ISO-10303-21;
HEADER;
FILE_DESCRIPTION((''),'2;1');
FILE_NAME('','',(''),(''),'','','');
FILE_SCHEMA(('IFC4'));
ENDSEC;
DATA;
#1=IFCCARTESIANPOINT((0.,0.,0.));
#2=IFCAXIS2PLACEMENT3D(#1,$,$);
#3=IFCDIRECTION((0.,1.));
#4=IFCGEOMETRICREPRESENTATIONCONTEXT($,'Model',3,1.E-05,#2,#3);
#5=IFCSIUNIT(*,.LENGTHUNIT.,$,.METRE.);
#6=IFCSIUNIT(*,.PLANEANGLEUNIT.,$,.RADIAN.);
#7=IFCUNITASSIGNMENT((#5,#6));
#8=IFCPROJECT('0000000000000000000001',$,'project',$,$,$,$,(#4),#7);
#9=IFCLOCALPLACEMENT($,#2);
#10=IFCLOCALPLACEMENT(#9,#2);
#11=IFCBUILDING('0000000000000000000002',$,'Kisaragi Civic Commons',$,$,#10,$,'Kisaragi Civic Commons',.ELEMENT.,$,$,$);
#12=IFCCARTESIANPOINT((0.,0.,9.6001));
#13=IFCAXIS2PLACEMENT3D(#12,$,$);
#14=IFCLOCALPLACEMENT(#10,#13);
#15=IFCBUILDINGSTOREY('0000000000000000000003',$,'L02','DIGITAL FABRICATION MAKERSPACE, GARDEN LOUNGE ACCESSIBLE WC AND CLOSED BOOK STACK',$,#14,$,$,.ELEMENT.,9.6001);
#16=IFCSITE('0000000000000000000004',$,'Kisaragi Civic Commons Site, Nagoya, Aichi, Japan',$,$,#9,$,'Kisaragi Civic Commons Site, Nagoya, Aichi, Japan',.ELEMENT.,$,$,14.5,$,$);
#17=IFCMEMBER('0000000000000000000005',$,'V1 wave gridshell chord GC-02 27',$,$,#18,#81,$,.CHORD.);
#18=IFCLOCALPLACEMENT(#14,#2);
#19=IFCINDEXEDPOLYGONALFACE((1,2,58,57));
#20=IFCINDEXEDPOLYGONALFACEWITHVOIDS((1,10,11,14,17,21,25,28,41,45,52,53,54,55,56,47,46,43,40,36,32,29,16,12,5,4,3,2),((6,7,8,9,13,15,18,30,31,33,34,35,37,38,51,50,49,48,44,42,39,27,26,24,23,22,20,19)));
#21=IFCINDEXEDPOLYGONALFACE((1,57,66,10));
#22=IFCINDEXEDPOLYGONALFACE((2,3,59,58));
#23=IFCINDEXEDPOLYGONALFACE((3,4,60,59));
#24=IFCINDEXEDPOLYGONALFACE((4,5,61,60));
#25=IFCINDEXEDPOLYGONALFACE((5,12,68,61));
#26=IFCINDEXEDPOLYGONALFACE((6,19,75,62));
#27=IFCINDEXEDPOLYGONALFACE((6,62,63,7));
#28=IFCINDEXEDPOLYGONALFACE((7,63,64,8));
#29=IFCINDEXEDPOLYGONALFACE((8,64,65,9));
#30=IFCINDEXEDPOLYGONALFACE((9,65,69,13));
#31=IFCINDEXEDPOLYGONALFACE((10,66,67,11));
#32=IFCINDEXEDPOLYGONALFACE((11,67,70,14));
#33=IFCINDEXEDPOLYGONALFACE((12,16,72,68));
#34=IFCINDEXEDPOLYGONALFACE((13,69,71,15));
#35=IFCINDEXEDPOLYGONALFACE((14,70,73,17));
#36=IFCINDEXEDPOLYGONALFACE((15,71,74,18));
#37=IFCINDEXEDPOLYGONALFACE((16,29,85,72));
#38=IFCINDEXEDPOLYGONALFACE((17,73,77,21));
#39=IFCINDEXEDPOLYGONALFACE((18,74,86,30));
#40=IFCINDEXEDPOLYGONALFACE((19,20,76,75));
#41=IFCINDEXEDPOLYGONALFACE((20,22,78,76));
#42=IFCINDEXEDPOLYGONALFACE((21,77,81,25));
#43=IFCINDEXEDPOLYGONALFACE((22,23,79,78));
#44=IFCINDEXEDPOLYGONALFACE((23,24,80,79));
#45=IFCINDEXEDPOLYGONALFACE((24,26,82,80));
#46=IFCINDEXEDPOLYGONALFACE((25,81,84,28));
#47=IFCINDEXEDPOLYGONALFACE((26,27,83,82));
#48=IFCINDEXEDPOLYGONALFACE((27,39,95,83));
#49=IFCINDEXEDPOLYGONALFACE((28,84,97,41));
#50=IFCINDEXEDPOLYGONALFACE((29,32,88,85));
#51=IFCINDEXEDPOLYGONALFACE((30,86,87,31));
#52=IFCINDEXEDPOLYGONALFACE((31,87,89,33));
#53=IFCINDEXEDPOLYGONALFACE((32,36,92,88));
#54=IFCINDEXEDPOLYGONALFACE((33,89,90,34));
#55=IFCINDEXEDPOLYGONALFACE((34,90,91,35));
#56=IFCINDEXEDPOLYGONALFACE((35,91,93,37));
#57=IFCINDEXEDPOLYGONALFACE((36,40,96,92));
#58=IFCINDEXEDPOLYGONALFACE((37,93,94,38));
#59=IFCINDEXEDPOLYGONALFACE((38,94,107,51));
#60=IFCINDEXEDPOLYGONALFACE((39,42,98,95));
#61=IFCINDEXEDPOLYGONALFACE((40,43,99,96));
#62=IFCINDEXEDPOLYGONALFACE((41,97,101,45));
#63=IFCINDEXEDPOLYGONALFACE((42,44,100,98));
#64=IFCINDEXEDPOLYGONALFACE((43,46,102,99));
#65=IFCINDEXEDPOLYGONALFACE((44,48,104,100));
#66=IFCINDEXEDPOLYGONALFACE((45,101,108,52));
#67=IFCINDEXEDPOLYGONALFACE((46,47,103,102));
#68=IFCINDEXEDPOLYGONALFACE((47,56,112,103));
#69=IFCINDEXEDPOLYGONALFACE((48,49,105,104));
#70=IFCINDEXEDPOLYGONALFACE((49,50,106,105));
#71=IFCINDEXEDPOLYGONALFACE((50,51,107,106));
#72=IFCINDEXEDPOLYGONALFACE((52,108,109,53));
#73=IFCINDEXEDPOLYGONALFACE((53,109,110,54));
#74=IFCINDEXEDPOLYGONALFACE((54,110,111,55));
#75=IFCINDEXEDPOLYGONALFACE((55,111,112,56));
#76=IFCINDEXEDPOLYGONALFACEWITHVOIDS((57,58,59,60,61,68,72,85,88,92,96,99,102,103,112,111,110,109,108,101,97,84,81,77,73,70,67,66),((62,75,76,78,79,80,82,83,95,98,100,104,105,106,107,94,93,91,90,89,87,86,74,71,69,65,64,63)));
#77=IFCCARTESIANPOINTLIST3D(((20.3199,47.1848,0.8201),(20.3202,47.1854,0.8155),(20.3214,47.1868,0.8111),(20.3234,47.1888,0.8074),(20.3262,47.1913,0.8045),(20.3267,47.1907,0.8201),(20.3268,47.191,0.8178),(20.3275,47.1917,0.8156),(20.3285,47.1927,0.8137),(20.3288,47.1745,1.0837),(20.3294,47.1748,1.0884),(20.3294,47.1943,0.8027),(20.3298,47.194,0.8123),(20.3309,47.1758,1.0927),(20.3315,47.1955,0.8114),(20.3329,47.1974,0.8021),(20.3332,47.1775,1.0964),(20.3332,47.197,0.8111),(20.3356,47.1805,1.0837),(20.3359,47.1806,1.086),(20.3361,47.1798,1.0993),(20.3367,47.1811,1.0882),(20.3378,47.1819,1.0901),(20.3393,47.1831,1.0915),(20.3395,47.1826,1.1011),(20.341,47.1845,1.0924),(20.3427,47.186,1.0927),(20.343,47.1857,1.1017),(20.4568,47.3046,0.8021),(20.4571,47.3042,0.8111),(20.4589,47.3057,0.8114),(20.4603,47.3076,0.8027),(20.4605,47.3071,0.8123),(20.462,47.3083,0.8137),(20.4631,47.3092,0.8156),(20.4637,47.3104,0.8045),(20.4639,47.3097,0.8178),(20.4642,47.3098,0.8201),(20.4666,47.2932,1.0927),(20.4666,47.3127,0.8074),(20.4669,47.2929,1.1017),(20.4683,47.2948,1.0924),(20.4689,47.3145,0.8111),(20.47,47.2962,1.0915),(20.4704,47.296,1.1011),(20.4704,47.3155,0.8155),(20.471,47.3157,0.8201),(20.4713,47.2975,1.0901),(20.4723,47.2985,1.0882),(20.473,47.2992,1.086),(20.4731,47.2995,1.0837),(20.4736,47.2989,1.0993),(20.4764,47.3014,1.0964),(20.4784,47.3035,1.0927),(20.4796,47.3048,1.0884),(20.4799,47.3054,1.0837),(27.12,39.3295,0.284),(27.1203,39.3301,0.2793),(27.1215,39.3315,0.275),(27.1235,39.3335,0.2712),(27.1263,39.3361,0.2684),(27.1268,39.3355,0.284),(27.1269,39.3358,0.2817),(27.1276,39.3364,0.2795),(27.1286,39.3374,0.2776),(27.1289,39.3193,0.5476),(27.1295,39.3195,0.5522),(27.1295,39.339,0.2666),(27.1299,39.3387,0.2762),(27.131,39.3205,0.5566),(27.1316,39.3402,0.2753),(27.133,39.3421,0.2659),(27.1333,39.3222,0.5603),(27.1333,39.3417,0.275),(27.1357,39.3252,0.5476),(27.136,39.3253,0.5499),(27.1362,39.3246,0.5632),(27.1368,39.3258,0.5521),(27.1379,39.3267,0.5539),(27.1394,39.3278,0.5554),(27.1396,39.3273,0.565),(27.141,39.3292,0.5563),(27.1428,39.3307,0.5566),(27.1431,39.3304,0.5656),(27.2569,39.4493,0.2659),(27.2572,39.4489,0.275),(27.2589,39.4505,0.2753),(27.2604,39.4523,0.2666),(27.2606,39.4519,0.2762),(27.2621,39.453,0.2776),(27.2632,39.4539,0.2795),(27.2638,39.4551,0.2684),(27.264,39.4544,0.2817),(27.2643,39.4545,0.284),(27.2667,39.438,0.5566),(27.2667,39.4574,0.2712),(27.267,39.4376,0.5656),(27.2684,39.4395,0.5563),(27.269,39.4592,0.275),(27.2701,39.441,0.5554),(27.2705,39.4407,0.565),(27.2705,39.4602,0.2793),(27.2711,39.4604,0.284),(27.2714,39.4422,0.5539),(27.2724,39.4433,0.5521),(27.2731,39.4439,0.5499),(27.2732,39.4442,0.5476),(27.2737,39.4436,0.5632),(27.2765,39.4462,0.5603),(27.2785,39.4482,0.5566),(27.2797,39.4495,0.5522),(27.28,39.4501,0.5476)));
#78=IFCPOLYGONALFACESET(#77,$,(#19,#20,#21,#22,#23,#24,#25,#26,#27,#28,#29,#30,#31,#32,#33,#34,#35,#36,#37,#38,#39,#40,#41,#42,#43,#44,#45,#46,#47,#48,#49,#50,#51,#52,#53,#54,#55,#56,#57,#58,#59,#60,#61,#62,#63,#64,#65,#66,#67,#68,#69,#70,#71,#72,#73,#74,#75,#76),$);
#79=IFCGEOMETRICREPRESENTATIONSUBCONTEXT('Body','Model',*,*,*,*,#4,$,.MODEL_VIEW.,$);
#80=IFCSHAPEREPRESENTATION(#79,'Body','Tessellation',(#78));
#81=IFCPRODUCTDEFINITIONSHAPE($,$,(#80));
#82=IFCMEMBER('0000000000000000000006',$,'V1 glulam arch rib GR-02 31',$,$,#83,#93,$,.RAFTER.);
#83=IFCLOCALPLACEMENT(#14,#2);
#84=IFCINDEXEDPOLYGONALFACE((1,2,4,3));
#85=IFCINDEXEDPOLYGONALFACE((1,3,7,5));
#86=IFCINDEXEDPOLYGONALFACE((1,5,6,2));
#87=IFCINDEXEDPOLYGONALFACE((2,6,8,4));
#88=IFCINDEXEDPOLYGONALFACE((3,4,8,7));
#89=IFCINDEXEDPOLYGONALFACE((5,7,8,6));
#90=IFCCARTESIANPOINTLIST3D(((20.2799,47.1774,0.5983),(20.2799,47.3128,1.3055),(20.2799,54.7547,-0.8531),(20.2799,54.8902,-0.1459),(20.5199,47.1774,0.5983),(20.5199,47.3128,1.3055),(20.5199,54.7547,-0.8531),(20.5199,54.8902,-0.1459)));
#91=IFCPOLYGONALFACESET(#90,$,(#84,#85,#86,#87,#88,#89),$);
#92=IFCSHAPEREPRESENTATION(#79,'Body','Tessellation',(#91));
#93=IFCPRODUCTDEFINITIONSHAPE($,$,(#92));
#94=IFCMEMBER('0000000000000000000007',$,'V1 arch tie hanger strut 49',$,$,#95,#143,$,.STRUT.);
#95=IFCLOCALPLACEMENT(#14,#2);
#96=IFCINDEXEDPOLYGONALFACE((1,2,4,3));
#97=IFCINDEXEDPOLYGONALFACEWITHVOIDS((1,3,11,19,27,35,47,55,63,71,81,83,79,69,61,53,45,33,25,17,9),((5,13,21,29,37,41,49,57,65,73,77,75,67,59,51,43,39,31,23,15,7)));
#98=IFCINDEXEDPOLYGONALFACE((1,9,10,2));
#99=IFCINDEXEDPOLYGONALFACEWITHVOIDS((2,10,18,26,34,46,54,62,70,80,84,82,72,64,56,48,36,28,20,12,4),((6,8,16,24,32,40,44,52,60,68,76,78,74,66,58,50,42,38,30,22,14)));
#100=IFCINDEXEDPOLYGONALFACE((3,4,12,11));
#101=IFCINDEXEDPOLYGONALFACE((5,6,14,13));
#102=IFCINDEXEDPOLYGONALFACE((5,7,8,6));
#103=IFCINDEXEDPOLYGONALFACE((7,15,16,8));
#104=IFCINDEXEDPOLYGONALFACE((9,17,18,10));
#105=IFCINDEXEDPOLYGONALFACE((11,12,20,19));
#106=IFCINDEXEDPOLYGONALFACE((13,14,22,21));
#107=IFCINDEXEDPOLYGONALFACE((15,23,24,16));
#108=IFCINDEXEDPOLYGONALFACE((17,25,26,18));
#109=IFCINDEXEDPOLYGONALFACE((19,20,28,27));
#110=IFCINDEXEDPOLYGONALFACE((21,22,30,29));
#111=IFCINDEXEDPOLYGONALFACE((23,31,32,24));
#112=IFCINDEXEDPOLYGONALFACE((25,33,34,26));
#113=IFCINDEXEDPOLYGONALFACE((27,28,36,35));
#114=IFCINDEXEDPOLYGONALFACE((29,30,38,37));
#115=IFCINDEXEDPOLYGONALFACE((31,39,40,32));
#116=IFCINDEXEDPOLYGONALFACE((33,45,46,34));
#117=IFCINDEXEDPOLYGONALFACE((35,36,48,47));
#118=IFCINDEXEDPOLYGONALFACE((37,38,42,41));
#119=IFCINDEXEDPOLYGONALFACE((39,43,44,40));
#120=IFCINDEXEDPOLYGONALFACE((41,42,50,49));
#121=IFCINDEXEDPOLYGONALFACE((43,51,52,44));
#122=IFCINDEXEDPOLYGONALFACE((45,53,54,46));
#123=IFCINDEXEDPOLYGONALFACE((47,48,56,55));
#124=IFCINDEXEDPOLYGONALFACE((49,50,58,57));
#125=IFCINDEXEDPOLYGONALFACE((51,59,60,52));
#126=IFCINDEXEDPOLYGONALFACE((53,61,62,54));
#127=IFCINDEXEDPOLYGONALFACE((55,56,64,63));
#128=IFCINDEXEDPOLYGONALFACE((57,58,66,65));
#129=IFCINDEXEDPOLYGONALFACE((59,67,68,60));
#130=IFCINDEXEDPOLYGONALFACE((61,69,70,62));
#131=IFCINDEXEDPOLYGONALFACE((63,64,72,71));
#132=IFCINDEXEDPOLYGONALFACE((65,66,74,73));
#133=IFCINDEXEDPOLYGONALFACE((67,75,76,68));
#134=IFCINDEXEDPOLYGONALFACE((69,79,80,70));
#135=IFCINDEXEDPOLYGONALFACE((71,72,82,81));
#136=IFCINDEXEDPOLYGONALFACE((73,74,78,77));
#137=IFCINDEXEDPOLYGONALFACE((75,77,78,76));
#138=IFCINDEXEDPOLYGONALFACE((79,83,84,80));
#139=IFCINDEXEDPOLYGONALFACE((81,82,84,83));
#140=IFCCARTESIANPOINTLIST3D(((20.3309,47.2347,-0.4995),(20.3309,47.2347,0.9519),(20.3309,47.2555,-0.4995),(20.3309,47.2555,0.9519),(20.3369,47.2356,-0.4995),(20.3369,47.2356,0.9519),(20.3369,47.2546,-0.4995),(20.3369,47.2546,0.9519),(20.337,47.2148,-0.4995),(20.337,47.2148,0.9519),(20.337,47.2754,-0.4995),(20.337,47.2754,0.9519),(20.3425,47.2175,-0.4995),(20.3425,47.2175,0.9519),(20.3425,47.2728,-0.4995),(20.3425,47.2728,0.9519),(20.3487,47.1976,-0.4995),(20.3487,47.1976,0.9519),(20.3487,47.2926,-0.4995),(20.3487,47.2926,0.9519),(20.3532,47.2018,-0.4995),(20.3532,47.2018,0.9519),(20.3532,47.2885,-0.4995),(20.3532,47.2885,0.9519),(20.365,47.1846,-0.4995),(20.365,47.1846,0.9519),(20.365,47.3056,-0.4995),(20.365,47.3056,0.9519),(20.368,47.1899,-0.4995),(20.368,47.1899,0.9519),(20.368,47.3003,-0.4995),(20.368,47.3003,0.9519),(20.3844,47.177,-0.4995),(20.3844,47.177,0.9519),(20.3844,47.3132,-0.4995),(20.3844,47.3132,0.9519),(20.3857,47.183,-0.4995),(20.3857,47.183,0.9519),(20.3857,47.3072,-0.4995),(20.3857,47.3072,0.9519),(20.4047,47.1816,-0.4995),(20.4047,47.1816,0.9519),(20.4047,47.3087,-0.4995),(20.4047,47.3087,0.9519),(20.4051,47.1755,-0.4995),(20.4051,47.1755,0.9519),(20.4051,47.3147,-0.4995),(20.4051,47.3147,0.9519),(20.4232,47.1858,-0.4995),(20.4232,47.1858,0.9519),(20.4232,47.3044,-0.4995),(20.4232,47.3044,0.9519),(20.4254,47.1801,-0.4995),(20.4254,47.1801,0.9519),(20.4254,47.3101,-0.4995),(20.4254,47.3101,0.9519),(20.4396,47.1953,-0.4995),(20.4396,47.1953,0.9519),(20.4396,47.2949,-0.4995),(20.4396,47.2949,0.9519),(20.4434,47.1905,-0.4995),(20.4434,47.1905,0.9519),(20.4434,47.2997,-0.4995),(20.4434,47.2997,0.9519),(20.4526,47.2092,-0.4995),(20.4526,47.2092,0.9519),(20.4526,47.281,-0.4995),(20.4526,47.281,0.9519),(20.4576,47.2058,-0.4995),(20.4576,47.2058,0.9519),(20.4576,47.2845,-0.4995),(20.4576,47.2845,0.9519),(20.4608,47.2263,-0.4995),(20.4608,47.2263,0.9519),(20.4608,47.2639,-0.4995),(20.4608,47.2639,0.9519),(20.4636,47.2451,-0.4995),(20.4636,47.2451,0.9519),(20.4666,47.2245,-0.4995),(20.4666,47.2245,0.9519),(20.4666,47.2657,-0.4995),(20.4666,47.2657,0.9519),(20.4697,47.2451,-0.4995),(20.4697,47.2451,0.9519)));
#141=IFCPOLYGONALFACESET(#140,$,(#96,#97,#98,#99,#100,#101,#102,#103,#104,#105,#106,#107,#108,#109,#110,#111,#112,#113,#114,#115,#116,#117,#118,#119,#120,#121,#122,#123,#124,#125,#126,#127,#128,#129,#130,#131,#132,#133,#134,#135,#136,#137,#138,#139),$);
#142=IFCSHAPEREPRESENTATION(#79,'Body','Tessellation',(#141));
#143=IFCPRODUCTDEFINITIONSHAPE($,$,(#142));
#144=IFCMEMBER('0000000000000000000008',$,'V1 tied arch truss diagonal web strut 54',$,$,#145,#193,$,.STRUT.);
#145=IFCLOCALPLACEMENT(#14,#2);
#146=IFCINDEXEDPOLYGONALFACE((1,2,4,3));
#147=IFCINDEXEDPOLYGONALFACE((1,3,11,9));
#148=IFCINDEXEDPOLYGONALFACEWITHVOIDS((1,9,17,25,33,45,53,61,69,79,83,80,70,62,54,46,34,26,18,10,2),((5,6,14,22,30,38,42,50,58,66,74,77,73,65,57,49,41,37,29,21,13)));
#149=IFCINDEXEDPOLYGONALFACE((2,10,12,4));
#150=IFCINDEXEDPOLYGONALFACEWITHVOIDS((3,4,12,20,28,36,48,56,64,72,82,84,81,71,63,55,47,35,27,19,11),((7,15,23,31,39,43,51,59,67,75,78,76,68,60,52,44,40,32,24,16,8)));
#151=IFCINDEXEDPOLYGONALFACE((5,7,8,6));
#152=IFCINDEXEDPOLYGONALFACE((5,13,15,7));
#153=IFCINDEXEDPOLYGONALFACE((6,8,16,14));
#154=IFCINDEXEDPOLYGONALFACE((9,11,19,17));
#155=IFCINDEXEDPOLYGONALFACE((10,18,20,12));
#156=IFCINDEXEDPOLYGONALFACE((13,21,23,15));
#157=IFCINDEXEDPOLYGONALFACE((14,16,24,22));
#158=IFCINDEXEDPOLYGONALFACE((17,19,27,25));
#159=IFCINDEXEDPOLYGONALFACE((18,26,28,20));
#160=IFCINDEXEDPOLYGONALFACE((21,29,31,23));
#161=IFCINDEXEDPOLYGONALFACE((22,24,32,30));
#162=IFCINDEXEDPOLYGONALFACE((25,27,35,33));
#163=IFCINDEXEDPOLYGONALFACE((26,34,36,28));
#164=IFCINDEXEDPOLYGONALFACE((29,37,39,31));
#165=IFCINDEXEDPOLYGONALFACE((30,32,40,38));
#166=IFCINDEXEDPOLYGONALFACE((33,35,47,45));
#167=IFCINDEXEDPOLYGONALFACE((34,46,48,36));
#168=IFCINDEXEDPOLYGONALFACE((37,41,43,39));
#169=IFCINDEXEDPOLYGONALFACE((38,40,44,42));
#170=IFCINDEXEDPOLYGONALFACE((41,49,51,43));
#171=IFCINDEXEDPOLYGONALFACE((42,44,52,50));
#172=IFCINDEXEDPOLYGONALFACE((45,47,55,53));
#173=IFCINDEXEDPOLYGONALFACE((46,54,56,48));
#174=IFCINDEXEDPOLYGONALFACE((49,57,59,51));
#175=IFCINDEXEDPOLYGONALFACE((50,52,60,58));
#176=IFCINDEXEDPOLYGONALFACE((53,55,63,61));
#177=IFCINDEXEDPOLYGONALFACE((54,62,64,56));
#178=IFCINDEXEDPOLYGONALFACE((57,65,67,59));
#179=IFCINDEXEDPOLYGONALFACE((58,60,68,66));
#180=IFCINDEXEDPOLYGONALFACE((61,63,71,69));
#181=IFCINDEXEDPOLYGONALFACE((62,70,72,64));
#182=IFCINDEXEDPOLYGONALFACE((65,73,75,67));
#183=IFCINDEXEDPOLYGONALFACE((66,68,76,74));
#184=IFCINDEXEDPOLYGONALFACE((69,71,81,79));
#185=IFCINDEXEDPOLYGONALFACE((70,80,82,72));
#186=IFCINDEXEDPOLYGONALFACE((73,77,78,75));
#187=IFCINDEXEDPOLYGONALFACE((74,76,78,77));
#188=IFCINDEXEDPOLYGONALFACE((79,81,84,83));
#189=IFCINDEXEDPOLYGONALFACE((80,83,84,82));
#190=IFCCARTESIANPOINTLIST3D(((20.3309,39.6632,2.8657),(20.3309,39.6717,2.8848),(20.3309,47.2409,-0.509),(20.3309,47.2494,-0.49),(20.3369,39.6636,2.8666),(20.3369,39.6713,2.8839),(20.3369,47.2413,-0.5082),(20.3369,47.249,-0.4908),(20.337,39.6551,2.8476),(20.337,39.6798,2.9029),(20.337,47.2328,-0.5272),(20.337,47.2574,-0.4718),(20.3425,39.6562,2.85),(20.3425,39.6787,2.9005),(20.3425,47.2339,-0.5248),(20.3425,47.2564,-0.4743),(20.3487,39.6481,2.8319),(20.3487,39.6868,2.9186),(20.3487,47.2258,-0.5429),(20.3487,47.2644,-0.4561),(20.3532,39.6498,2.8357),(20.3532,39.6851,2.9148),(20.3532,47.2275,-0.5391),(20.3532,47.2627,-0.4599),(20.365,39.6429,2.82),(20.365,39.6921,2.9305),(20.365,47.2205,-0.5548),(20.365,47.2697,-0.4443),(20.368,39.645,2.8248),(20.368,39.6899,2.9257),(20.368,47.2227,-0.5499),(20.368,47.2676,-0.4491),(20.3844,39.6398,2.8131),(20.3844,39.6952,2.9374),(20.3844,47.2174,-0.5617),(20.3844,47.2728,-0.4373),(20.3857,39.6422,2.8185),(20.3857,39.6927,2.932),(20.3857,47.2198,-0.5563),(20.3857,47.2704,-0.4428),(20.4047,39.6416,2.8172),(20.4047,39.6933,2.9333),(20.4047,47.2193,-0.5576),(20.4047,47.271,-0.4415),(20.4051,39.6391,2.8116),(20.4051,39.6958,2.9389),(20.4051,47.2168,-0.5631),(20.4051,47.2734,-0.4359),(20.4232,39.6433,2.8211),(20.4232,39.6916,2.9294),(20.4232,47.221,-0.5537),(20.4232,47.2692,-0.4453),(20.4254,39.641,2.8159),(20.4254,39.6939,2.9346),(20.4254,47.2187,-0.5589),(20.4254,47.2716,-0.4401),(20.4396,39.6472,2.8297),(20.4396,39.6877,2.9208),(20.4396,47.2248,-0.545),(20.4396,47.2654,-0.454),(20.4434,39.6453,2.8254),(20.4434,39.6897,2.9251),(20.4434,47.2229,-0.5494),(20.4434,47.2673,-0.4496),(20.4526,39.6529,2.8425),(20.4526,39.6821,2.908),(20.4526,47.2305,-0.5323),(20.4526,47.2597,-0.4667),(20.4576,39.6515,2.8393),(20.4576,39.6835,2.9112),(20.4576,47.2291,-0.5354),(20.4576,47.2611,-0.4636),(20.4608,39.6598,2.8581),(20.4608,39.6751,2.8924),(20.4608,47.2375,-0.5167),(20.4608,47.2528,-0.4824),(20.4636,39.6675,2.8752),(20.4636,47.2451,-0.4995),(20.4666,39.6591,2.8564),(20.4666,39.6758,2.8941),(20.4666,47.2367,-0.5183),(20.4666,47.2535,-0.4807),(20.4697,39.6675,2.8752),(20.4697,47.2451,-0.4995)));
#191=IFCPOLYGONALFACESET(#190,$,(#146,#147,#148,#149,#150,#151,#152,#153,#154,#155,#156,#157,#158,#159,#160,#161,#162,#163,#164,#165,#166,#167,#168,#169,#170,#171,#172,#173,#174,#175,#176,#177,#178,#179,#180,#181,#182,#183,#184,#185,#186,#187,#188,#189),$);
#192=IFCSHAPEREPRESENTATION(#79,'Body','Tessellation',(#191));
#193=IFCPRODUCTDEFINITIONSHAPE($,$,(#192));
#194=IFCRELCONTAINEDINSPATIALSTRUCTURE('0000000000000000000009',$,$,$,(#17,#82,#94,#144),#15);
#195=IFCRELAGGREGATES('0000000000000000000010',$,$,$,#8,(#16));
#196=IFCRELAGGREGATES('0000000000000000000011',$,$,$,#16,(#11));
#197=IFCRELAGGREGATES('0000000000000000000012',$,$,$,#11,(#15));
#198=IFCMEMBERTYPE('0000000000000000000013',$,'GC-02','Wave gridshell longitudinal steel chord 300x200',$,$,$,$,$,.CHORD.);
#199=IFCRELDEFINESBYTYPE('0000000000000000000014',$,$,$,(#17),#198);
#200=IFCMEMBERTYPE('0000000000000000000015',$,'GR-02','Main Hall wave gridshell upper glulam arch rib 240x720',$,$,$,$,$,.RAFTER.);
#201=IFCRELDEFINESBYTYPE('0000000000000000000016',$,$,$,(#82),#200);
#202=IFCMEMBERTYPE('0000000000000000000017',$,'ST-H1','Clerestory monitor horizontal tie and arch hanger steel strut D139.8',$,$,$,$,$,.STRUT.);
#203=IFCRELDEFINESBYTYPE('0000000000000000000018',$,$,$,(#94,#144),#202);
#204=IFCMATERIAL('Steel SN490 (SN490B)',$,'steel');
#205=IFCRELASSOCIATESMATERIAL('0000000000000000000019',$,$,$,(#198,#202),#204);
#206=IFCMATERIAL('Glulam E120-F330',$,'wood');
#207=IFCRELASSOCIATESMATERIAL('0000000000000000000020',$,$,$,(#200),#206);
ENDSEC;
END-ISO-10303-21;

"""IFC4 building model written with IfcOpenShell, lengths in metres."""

from ifc_helpers import new_model, si_unit, direction, frame, origin, origin_2d, place, context, subcontext, project, spatial, rectangle, hollow_rectangle, hollow_circle, extrude, material, material_profile, profile_set, type_object, element, save


model = new_model("IFC4")

# Units and contexts
model_context = context("Model", 3, precision=1e-05, world=origin(), true_north=direction((0.0, 1.0)))
body_context = subcontext(model_context, "Body", "Model", "MODEL_VIEW")
ifc_project = project(units=[si_unit("LENGTHUNIT", "METRE"), si_unit("PLANEANGLEUNIT", "RADIAN")], contexts=[model_context])

# Site, building, storey
site_placement = place(None, origin())
site = spatial("IfcSite", under=ifc_project, at=site_placement, Name="Kisaragi Civic Commons Site, Nagoya, Aichi, Japan", LongName="Kisaragi Civic Commons Site, Nagoya, Aichi, Japan", CompositionType="ELEMENT", RefElevation=14.5)
building_placement = place(site_placement, origin())
building = spatial("IfcBuilding", under=site, at=building_placement, Name="Kisaragi Civic Commons", LongName="Kisaragi Civic Commons", CompositionType="ELEMENT")
storey_placement = place(building_placement, frame((0.0, 0.0, 9.6001)))
storey = spatial("IfcBuildingStorey", under=building, at=storey_placement, Name="L02", Description="DIGITAL FABRICATION MAKERSPACE, GARDEN LOUNGE ACCESSIBLE WC AND CLOSED BOOK STACK", CompositionType="ELEMENT", Elevation=9.6001)

# Members
ifc_material_1 = material(Name="Steel SN490 (SN490B)", Category="steel")
ifc_material_profile_1 = material_profile(ifc_material_1, hollow_rectangle(XDim=0.2, YDim=0.3, WallThickness=0.009, InnerFilletRadius=0.009, OuterFilletRadius=0.0181, at=origin_2d()), Name="STKR-300x200x9", Category="steel")
ifc_profile_set_1 = profile_set([ifc_material_profile_1], Name="Steel SN490 (SN490B)")
member_type_1 = type_object("IfcMemberType", Name="GC-02", Description="Wave gridshell longitudinal steel chord 300x200", PredefinedType="CHORD", material=ifc_profile_set_1)
member_1_placement = place(storey_placement, frame((20.3999, 47.2451, 0.9519), z_axis=(0.653631, -0.755056, -0.051534), x_axis=(0.756061, 0.654501, 0.0)))
element("IfcMember", 1, at=member_1_placement, inside=storey, type_object=member_type_1, Name="V1 wave gridshell chord GC-02 27", PredefinedType="CHORD", context=body_context, shape_type="SweptSolid", body=[
    extrude(hollow_rectangle(XDim=0.2, YDim=0.3, WallThickness=0.009, InnerFilletRadius=0.009, OuterFilletRadius=0.0181, at=origin_2d()), origin(), (0.0, 0.0, 1.0), 10.4036),
])
ifc_material_2 = material(Name="Glulam E120-F330", Category="wood")
ifc_material_profile_2 = material_profile(ifc_material_2, rectangle(XDim=0.24, YDim=0.72, at=origin_2d()), Name="GL-240x720", Category="wood")
ifc_profile_set_2 = profile_set([ifc_material_profile_2], Name="Glulam E120-F330")
member_type_2 = type_object("IfcMemberType", Name="GR-02", Description="Main Hall wave gridshell upper glulam arch rib 240x720", PredefinedType="RAFTER", material=ifc_profile_set_2)
member_2_placement = place(storey_placement, frame((20.3999, 47.2451, 0.9519), z_axis=(0.0, 0.982145, -0.188126), x_axis=(-1.0, 0.0, 0.0)))
element("IfcMember", 2, at=member_2_placement, inside=storey, type_object=member_type_2, Name="V1 glulam arch rib GR-02 31", PredefinedType="RAFTER", context=body_context, shape_type="SweptSolid", body=[
    extrude(rectangle(XDim=0.24, YDim=0.72, at=origin_2d()), origin(), (0.0, 0.0, 1.0), 7.7151),
])
ifc_material_profile_3 = material_profile(ifc_material_1, hollow_circle(Radius=0.0698, WallThickness=0.0061, at=origin_2d()), Name="CHS-139.8x6.0", Category="steel")
ifc_profile_set_3 = profile_set([ifc_material_profile_3], Name="Steel SN490 (SN490B)")
member_type_3 = type_object("IfcMemberType", Name="ST-H1", Description="Clerestory monitor horizontal tie and arch hanger steel strut D139.8", PredefinedType="STRUT", material=ifc_profile_set_3)
member_3_placement = place(storey_placement, frame((20.3999, 47.2451, -0.4995), z_axis=(0.0, 0.0, 1.0), x_axis=(1.0, 0.0, 0.0)))
element("IfcMember", 3, at=member_3_placement, inside=storey, type_object=member_type_3, Name="V1 arch tie hanger strut 49", PredefinedType="STRUT", context=body_context, shape_type="SweptSolid", body=[
    extrude(hollow_circle(Radius=0.0698, WallThickness=0.0061, at=origin_2d()), origin(), (0.0, 0.0, 1.0), 1.4514),
])
member_4_placement = place(storey_placement, frame((20.3999, 47.2451, -0.4995), z_axis=(0.0, -0.913502, 0.406835), x_axis=(1.0, 0.0, 0.0)))
element("IfcMember", 4, at=member_4_placement, inside=storey, type_object=member_type_3, Name="V1 tied arch truss diagonal web strut 54", PredefinedType="STRUT", context=body_context, shape_type="SweptSolid", body=[
    extrude(hollow_circle(Radius=0.0698, WallThickness=0.0061, at=origin_2d()), origin(), (0.0, 0.0, 1.0), 8.2952),
])

save(model, "model.ifc")
